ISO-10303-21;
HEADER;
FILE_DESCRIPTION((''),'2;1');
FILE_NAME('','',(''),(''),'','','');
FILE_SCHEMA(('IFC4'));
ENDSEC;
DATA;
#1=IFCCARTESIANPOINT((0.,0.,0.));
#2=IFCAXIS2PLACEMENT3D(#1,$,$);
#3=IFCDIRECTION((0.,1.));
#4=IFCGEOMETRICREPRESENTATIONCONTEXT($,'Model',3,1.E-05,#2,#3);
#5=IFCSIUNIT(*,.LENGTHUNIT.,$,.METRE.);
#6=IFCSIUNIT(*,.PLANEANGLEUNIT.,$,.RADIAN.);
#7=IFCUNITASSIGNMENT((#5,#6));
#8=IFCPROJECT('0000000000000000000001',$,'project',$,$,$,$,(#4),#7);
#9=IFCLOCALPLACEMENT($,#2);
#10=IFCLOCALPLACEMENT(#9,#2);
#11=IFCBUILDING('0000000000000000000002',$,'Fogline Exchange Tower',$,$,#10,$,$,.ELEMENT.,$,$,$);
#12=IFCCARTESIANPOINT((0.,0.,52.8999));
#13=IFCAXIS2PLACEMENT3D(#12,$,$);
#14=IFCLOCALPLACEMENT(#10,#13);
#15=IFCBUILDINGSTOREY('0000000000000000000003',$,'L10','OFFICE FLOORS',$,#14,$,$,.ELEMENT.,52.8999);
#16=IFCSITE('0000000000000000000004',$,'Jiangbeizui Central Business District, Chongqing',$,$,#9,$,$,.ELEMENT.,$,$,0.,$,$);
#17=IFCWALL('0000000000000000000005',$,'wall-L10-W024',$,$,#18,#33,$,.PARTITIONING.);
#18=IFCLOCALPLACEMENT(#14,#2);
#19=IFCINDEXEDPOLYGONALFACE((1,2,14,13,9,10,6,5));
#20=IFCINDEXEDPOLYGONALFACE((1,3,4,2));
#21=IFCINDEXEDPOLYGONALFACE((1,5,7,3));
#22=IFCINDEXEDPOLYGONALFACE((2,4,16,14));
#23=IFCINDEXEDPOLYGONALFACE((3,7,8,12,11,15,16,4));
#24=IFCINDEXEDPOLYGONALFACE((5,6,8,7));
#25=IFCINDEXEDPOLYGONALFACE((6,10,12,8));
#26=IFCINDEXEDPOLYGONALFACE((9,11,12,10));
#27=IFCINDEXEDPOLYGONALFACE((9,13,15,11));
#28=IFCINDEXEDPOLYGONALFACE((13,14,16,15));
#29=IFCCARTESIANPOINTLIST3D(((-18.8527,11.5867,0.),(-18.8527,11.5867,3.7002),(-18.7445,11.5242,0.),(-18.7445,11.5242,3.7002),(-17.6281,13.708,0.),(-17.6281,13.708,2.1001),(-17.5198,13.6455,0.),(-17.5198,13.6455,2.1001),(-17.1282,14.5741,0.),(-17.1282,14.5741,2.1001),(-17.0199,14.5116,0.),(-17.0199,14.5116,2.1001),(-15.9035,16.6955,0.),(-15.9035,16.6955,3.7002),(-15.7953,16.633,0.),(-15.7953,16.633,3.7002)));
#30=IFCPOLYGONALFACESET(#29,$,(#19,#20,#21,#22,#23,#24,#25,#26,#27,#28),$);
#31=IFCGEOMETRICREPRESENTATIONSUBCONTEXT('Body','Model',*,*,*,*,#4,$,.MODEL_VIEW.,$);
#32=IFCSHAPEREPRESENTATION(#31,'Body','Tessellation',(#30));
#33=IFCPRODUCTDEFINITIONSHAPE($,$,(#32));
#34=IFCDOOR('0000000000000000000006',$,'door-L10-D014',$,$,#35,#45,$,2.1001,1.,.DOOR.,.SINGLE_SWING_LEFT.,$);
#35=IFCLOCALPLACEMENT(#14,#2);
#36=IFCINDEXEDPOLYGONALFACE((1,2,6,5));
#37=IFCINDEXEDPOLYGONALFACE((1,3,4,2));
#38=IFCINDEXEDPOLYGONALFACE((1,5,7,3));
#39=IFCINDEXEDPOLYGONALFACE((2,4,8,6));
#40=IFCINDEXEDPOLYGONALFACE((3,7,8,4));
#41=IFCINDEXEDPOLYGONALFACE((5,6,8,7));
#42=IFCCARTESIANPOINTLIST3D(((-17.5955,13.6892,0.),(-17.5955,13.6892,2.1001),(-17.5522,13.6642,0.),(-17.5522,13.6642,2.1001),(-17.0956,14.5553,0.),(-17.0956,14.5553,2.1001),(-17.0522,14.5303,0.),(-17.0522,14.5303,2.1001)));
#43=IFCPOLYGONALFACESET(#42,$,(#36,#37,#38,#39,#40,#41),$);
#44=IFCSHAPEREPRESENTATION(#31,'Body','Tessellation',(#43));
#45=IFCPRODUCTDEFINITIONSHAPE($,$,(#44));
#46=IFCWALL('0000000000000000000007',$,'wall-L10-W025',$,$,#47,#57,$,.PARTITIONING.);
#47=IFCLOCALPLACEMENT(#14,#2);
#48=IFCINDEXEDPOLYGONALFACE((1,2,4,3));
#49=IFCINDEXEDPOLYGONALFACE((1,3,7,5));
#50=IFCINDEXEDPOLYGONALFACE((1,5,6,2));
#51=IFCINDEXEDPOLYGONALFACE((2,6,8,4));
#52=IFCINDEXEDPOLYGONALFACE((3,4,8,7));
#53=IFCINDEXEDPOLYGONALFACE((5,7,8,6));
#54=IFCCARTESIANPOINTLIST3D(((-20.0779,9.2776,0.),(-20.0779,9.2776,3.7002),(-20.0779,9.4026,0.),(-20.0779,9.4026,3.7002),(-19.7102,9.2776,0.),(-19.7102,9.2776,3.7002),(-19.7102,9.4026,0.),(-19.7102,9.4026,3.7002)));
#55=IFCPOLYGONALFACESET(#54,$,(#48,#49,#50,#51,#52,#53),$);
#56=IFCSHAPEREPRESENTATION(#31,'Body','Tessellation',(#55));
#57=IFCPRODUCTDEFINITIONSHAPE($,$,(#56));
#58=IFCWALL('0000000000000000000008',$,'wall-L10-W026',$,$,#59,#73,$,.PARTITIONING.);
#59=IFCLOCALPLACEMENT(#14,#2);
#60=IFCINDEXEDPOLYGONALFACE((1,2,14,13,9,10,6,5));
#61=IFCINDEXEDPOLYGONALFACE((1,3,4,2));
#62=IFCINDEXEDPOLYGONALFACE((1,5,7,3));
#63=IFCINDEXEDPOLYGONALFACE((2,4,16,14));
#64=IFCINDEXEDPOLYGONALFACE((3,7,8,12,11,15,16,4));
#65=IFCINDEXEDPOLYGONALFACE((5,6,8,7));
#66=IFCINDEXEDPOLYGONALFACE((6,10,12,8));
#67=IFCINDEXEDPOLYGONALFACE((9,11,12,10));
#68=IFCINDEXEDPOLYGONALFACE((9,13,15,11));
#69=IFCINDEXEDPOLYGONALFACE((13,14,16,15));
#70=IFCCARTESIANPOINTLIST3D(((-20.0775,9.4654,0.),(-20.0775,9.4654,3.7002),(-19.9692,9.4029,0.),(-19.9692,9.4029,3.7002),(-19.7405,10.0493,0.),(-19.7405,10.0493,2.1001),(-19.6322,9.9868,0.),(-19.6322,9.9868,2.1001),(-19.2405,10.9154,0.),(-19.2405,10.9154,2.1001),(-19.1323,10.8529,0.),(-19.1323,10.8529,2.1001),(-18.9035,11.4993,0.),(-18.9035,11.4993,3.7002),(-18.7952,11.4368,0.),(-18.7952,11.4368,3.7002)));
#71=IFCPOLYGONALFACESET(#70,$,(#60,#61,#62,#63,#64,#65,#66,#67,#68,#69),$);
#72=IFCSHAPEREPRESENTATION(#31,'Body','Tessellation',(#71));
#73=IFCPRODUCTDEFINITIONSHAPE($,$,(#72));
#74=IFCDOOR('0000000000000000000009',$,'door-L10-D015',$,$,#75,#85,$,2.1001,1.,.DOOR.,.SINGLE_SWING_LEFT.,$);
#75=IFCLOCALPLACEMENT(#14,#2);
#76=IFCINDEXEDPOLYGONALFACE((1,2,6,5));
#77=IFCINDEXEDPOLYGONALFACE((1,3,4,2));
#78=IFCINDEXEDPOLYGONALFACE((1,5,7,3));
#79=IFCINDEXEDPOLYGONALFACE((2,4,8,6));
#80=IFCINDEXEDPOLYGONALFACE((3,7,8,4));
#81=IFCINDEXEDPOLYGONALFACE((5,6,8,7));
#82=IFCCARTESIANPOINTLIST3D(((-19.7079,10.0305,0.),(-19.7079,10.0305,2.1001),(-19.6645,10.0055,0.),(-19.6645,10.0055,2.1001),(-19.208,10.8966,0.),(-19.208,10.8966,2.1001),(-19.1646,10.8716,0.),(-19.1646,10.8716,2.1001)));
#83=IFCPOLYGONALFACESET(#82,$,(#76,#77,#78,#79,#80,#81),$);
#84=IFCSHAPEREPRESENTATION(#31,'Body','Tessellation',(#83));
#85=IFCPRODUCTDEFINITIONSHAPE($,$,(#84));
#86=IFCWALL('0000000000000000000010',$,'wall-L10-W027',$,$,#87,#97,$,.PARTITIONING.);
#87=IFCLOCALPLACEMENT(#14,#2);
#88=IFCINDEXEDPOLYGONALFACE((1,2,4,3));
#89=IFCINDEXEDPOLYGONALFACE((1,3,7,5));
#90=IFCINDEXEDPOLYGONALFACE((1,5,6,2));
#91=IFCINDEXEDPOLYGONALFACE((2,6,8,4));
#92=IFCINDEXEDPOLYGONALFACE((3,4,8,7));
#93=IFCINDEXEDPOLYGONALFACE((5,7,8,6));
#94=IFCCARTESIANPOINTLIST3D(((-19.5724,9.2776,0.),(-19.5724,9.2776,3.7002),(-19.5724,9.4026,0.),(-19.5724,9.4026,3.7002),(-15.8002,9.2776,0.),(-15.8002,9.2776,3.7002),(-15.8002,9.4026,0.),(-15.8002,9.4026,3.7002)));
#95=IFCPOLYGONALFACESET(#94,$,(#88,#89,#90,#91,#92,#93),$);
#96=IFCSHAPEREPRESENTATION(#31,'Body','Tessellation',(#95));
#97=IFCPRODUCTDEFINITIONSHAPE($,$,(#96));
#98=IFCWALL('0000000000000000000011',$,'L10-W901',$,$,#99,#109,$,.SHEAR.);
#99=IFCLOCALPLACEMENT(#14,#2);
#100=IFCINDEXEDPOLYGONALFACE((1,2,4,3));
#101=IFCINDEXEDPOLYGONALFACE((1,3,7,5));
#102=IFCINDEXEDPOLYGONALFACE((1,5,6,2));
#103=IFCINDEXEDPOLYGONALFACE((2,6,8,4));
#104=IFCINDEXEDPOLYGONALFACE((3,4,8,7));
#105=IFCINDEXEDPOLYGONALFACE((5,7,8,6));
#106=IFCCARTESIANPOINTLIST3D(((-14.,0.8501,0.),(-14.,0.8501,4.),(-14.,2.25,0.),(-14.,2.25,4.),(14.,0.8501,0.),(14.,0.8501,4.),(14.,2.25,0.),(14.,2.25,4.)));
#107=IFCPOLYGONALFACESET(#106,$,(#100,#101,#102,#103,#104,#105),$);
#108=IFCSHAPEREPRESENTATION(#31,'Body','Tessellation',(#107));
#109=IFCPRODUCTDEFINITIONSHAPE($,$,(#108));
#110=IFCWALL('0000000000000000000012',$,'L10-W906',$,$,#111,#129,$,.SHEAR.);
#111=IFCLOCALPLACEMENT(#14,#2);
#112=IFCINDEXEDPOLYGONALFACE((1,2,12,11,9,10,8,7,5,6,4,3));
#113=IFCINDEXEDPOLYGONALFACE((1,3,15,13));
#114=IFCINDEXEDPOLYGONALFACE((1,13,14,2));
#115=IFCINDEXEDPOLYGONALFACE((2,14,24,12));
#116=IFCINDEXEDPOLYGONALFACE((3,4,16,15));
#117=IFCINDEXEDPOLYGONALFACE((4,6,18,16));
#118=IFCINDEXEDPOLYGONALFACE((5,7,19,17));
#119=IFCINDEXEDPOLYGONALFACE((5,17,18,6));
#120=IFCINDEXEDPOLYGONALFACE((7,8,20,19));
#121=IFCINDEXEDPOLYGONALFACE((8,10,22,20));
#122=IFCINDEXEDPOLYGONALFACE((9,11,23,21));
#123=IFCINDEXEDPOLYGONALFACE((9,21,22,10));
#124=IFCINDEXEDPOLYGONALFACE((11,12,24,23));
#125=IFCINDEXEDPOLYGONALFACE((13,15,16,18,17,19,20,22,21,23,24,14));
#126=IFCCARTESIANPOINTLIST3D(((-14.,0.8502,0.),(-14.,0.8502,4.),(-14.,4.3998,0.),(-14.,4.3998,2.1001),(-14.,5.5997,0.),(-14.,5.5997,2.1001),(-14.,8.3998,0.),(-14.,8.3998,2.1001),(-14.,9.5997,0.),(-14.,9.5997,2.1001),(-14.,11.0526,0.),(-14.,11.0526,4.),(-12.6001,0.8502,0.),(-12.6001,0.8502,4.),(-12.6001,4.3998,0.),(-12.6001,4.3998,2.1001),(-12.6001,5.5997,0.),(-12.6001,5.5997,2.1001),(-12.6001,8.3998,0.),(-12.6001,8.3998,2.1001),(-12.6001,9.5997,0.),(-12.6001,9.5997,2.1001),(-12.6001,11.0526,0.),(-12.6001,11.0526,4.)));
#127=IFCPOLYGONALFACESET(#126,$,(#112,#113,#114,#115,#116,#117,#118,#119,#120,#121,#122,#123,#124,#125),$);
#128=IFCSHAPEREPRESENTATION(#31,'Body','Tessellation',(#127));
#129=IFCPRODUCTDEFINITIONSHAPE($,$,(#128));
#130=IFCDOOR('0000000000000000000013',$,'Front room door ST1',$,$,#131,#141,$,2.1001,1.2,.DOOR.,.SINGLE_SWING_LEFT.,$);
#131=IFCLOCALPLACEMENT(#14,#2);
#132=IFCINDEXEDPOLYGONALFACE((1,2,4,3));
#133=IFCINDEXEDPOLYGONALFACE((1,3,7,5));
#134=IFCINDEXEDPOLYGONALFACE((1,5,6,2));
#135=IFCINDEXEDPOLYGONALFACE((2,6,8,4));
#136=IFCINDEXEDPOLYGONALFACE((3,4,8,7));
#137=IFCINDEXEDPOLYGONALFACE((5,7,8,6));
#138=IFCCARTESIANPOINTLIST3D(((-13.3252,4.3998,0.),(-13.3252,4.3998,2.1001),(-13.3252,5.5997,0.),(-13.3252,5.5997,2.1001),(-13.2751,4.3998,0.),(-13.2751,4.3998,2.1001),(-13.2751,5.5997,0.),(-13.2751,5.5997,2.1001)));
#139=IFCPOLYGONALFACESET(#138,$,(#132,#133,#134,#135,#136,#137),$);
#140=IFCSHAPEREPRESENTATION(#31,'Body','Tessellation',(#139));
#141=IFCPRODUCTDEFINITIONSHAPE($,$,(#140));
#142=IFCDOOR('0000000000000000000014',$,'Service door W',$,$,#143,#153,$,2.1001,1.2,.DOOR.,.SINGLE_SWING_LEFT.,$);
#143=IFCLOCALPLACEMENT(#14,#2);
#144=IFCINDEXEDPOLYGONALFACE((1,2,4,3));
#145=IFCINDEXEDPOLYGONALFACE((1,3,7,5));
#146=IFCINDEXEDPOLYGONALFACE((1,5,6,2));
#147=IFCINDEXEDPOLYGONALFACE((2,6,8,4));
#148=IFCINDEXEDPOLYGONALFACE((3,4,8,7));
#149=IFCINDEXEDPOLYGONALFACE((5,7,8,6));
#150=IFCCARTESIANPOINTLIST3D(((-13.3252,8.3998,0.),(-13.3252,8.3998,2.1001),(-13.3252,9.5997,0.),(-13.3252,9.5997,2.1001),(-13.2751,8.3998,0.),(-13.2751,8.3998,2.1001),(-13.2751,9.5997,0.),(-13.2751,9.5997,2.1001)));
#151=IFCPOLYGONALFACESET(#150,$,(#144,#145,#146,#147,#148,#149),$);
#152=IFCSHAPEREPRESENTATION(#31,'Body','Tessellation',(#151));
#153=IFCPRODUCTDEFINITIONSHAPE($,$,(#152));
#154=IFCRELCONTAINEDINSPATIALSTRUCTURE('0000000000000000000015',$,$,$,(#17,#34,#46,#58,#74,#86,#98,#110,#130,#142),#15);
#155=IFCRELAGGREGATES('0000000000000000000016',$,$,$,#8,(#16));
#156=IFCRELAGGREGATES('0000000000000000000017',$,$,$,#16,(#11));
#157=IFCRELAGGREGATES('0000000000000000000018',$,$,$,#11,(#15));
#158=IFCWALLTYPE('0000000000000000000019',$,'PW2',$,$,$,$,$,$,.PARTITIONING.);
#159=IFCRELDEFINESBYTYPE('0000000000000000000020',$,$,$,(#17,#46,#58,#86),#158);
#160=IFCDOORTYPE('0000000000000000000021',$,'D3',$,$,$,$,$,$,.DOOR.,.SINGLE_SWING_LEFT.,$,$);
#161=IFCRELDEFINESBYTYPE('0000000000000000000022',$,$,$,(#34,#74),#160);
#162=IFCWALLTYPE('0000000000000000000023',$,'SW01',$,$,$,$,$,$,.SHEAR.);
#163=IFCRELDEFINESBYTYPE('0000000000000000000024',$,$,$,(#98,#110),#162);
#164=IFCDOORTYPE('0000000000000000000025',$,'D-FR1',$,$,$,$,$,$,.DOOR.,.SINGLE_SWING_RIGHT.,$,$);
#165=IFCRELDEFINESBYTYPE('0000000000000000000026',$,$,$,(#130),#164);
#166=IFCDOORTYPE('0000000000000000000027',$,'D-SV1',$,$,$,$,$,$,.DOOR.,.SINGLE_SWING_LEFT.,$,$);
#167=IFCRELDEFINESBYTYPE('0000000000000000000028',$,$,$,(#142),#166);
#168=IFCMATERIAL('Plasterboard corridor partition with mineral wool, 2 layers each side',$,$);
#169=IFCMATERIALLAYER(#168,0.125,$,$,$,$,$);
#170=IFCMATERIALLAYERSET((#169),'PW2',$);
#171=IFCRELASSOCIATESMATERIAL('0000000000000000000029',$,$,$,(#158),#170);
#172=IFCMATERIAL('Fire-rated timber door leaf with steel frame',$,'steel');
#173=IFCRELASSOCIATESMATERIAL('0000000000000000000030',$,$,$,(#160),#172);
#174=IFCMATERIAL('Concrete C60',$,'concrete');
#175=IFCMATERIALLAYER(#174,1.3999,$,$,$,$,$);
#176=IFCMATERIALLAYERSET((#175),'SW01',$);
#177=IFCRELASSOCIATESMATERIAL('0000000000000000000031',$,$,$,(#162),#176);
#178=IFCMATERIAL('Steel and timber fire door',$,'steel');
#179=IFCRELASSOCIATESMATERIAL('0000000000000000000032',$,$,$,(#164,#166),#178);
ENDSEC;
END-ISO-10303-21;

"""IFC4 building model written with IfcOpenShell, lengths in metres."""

from ifc_helpers import new_model, si_unit, direction, frame, frame_2d, origin, place, context, subcontext, project, spatial, rectangle, extrude, material, layer, layer_set, type_object, element, fill, save


model = new_model("IFC4")

# Units and contexts
model_context = context("Model", 3, precision=1e-05, world=origin(), true_north=direction((0.0, 1.0)))
body_context = subcontext(model_context, "Body", "Model", "MODEL_VIEW")
ifc_project = project(units=[si_unit("LENGTHUNIT", "METRE"), si_unit("PLANEANGLEUNIT", "RADIAN")], contexts=[model_context])

# Site, building, storey
site_placement = place(None, origin())
site = spatial("IfcSite", under=ifc_project, at=site_placement, Name="Jiangbeizui Central Business District, Chongqing", CompositionType="ELEMENT", RefElevation=0.0)
building_placement = place(site_placement, origin())
building = spatial("IfcBuilding", under=site, at=building_placement, Name="Fogline Exchange Tower", CompositionType="ELEMENT")
storey_placement = place(building_placement, frame((0.0, 0.0, 52.8999)))
storey = spatial("IfcBuildingStorey", under=building, at=storey_placement, Name="L10", Description="OFFICE FLOORS", CompositionType="ELEMENT", Elevation=52.8999)

# Shared definitions
ifc_material_1 = material(Name="Plasterboard corridor partition with mineral wool, 2 layers each side")
ifc_layer_1 = layer(ifc_material_1, 0.125)
ifc_layer_set_1 = layer_set([ifc_layer_1], Name="PW2")
wall_type_1 = type_object("IfcWallType", Name="PW2", PredefinedType="PARTITIONING", material=ifc_layer_set_1)

# Wall, opening, door
ifc_material_2 = material(Name="Fire-rated timber door leaf with steel frame", Category="steel")
door_type_1 = type_object("IfcDoorType", Name="D3", OperationType="SINGLE_SWING_LEFT", PredefinedType="DOOR", material=ifc_material_2)
wall_1_placement = place(storey_placement, frame((-18.7986, 11.5554, 0.0), z_axis=(0.0, 0.0, 1.0), x_axis=(0.499949, 0.866055, 0.0)))
wall_1 = element("IfcWall", 1, at=wall_1_placement, inside=storey, type_object=wall_type_1, Name="wall-L10-W024", PredefinedType="PARTITIONING", context=body_context, shape_type="SweptSolid", body=[
    extrude(rectangle(XDim=5.8989, YDim=0.125, at=frame_2d((2.9495, 0.0))), origin(), (0.0, 0.0, 1.0), 3.7002),
])
opening_1_placement = place(wall_1_placement, frame((2.4495, 0.0, 0.0)))
opening_1 = element("IfcOpeningElement", 2, at=opening_1_placement, cuts=wall_1, PredefinedType="OPENING", context=body_context, shape_type="SweptSolid", body=[
    extrude(rectangle(XDim=1.0, YDim=2.1001, at=frame_2d((0.5, 1.05))), frame((0.0, 0.0725, 0.0), z_axis=(0.0, -1.0, 0.0), x_axis=(1.0, 0.0, 0.0)), (0.0, 0.0, 1.0), 0.145),
])
door_1_placement = place(opening_1_placement, origin())
door_1 = element("IfcDoor", 3, at=door_1_placement, inside=storey, type_object=door_type_1, Name="door-L10-D014", OperationType="SINGLE_SWING_LEFT", OverallHeight=2.1001, OverallWidth=1.0, PredefinedType="DOOR", context=body_context, shape_type="SweptSolid", body=[
    extrude(rectangle(XDim=1.0, YDim=2.1001, at=frame_2d((0.5, 1.05))), frame((0.0, 0.0249, 0.0), z_axis=(0.0, -1.0, 0.0), x_axis=(1.0, 0.0, 0.0)), (0.0, 0.0, 1.0), 0.05),
])
fill(opening_1, door_1)

# Wall
wall_2_placement = place(storey_placement, frame((-19.7102, 9.3401, 0.0), z_axis=(0.0, 0.0, 1.0), x_axis=(-1.0, 0.0, 0.0)))
element("IfcWall", 4, at=wall_2_placement, inside=storey, type_object=wall_type_1, Name="wall-L10-W025", PredefinedType="PARTITIONING", context=body_context, shape_type="SweptSolid", body=[
    extrude(rectangle(XDim=0.3677, YDim=0.125, at=frame_2d((0.1838, 0.0))), origin(), (0.0, 0.0, 1.0), 3.7002),
])

# Wall, opening, door
wall_3_placement = place(storey_placement, frame((-20.0234, 9.4341, 0.0), z_axis=(0.0, 0.0, 1.0), x_axis=(0.499929, 0.866066, 0.0)))
wall_3 = element("IfcWall", 5, at=wall_3_placement, inside=storey, type_object=wall_type_1, Name="wall-L10-W026", PredefinedType="PARTITIONING", context=body_context, shape_type="SweptSolid", body=[
    extrude(rectangle(XDim=2.3484, YDim=0.125, at=frame_2d((1.1743, 0.0))), origin(), (0.0, 0.0, 1.0), 3.7002),
])
opening_2_placement = place(wall_3_placement, frame((0.6743, 0.0, 0.0)))
opening_2 = element("IfcOpeningElement", 6, at=opening_2_placement, cuts=wall_3, PredefinedType="OPENING", context=body_context, shape_type="SweptSolid", body=[
    extrude(rectangle(XDim=1.0, YDim=2.1001, at=frame_2d((0.5, 1.05))), frame((0.0, 0.0725, 0.0), z_axis=(0.0, -1.0, 0.0), x_axis=(1.0, 0.0, 0.0)), (0.0, 0.0, 1.0), 0.145),
])
door_2_placement = place(opening_2_placement, origin())
door_2 = element("IfcDoor", 7, at=door_2_placement, inside=storey, type_object=door_type_1, Name="door-L10-D015", OperationType="SINGLE_SWING_LEFT", OverallHeight=2.1001, OverallWidth=1.0, PredefinedType="DOOR", context=body_context, shape_type="SweptSolid", body=[
    extrude(rectangle(XDim=1.0, YDim=2.1001, at=frame_2d((0.5, 1.05))), frame((0.0, 0.0249, 0.0), z_axis=(0.0, -1.0, 0.0), x_axis=(1.0, 0.0, 0.0)), (0.0, 0.0, 1.0), 0.05),
])
fill(opening_2, door_2)

# Walls
wall_4_placement = place(storey_placement, frame((-15.8, 9.3401, 0.0), z_axis=(0.0, 0.0, 1.0), x_axis=(-1.0, 0.0, 0.0)))
element("IfcWall", 8, at=wall_4_placement, inside=storey, type_object=wall_type_1, Name="wall-L10-W027", PredefinedType="PARTITIONING", context=body_context, shape_type="SweptSolid", body=[
    extrude(rectangle(XDim=3.7722, YDim=0.125, at=frame_2d((1.8862, 0.0))), origin(), (0.0, 0.0, 1.0), 3.7002),
])
ifc_material_3 = material(Name="Concrete C60", Category="concrete")
ifc_layer_2 = layer(ifc_material_3, 1.3999)
ifc_layer_set_2 = layer_set([ifc_layer_2], Name="SW01")
wall_type_2 = type_object("IfcWallType", Name="SW01", PredefinedType="SHEAR", material=ifc_layer_set_2)
wall_5_placement = place(storey_placement, frame((-14.0, 1.55, 0.0), z_axis=(0.0, 0.0, 1.0), x_axis=(1.0, 0.0, 0.0)))
element("IfcWall", 9, at=wall_5_placement, inside=storey, type_object=wall_type_2, Name="L10-W901", PredefinedType="SHEAR", context=body_context, shape_type="SweptSolid", body=[
    extrude(rectangle(XDim=28.0, YDim=1.3999, at=frame_2d((14.0, 0.0))), origin(), (0.0, 0.0, 1.0), 4.0),
])

# Wall, openings, doors
wall_6_placement = place(storey_placement, frame((-13.3, 11.0525, 0.0), z_axis=(0.0, 0.0, 1.0), x_axis=(0.0, -1.0, 0.0)))
wall_6 = element("IfcWall", 10, at=wall_6_placement, inside=storey, type_object=wall_type_2, Name="L10-W906", PredefinedType="SHEAR", context=body_context, shape_type="SweptSolid", body=[
    extrude(rectangle(XDim=10.2024, YDim=1.3999, at=frame_2d((5.1011, 0.0))), origin(), (0.0, 0.0, 1.0), 4.0),
])
opening_3_placement = place(wall_6_placement, frame((5.4526, 0.0, 0.0)))
opening_3 = element("IfcOpeningElement", 11, at=opening_3_placement, cuts=wall_6, PredefinedType="OPENING", context=body_context, shape_type="SweptSolid", body=[
    extrude(rectangle(XDim=1.2, YDim=2.1001, at=frame_2d((0.6001, 1.05))), frame((0.0, 0.71, 0.0), z_axis=(0.0, -1.0, 0.0), x_axis=(1.0, 0.0, 0.0)), (0.0, 0.0, 1.0), 1.4199),
])
opening_4_placement = place(wall_6_placement, frame((1.4526, 0.0, 0.0)))
opening_4 = element("IfcOpeningElement", 12, at=opening_4_placement, cuts=wall_6, PredefinedType="OPENING", context=body_context, shape_type="SweptSolid", body=[
    extrude(rectangle(XDim=1.2, YDim=2.1001, at=frame_2d((0.6001, 1.05))), frame((0.0, 0.71, 0.0), z_axis=(0.0, -1.0, 0.0), x_axis=(1.0, 0.0, 0.0)), (0.0, 0.0, 1.0), 1.4199),
])
ifc_material_4 = material(Name="Steel and timber fire door", Category="steel")
door_type_2 = type_object("IfcDoorType", Name="D-FR1", OperationType="SINGLE_SWING_RIGHT", PredefinedType="DOOR", material=ifc_material_4)
door_3_placement = place(opening_3_placement, origin())
door_3 = element("IfcDoor", 13, at=door_3_placement, inside=storey, type_object=door_type_2, Name="Front room door ST1", OperationType="SINGLE_SWING_LEFT", OverallHeight=2.1001, OverallWidth=1.2, PredefinedType="DOOR", context=body_context, shape_type="SweptSolid", body=[
    extrude(rectangle(XDim=1.2, YDim=2.1001, at=frame_2d((0.6001, 1.05))), frame((0.0, 0.0249, 0.0), z_axis=(0.0, -1.0, 0.0), x_axis=(1.0, 0.0, 0.0)), (0.0, 0.0, 1.0), 0.05),
])
fill(opening_3, door_3)
door_type_3 = type_object("IfcDoorType", Name="D-SV1", OperationType="SINGLE_SWING_LEFT", PredefinedType="DOOR", material=ifc_material_4)
door_4_placement = place(opening_4_placement, origin())
door_4 = element("IfcDoor", 14, at=door_4_placement, inside=storey, type_object=door_type_3, Name="Service door W", OperationType="SINGLE_SWING_LEFT", OverallHeight=2.1001, OverallWidth=1.2, PredefinedType="DOOR", context=body_context, shape_type="SweptSolid", body=[
    extrude(rectangle(XDim=1.2, YDim=2.1001, at=frame_2d((0.6001, 1.05))), frame((0.0, 0.0249, 0.0), z_axis=(0.0, -1.0, 0.0), x_axis=(1.0, 0.0, 0.0)), (0.0, 0.0, 1.0), 0.05),
])
fill(opening_4, door_4)

save(model, "model.ifc")
